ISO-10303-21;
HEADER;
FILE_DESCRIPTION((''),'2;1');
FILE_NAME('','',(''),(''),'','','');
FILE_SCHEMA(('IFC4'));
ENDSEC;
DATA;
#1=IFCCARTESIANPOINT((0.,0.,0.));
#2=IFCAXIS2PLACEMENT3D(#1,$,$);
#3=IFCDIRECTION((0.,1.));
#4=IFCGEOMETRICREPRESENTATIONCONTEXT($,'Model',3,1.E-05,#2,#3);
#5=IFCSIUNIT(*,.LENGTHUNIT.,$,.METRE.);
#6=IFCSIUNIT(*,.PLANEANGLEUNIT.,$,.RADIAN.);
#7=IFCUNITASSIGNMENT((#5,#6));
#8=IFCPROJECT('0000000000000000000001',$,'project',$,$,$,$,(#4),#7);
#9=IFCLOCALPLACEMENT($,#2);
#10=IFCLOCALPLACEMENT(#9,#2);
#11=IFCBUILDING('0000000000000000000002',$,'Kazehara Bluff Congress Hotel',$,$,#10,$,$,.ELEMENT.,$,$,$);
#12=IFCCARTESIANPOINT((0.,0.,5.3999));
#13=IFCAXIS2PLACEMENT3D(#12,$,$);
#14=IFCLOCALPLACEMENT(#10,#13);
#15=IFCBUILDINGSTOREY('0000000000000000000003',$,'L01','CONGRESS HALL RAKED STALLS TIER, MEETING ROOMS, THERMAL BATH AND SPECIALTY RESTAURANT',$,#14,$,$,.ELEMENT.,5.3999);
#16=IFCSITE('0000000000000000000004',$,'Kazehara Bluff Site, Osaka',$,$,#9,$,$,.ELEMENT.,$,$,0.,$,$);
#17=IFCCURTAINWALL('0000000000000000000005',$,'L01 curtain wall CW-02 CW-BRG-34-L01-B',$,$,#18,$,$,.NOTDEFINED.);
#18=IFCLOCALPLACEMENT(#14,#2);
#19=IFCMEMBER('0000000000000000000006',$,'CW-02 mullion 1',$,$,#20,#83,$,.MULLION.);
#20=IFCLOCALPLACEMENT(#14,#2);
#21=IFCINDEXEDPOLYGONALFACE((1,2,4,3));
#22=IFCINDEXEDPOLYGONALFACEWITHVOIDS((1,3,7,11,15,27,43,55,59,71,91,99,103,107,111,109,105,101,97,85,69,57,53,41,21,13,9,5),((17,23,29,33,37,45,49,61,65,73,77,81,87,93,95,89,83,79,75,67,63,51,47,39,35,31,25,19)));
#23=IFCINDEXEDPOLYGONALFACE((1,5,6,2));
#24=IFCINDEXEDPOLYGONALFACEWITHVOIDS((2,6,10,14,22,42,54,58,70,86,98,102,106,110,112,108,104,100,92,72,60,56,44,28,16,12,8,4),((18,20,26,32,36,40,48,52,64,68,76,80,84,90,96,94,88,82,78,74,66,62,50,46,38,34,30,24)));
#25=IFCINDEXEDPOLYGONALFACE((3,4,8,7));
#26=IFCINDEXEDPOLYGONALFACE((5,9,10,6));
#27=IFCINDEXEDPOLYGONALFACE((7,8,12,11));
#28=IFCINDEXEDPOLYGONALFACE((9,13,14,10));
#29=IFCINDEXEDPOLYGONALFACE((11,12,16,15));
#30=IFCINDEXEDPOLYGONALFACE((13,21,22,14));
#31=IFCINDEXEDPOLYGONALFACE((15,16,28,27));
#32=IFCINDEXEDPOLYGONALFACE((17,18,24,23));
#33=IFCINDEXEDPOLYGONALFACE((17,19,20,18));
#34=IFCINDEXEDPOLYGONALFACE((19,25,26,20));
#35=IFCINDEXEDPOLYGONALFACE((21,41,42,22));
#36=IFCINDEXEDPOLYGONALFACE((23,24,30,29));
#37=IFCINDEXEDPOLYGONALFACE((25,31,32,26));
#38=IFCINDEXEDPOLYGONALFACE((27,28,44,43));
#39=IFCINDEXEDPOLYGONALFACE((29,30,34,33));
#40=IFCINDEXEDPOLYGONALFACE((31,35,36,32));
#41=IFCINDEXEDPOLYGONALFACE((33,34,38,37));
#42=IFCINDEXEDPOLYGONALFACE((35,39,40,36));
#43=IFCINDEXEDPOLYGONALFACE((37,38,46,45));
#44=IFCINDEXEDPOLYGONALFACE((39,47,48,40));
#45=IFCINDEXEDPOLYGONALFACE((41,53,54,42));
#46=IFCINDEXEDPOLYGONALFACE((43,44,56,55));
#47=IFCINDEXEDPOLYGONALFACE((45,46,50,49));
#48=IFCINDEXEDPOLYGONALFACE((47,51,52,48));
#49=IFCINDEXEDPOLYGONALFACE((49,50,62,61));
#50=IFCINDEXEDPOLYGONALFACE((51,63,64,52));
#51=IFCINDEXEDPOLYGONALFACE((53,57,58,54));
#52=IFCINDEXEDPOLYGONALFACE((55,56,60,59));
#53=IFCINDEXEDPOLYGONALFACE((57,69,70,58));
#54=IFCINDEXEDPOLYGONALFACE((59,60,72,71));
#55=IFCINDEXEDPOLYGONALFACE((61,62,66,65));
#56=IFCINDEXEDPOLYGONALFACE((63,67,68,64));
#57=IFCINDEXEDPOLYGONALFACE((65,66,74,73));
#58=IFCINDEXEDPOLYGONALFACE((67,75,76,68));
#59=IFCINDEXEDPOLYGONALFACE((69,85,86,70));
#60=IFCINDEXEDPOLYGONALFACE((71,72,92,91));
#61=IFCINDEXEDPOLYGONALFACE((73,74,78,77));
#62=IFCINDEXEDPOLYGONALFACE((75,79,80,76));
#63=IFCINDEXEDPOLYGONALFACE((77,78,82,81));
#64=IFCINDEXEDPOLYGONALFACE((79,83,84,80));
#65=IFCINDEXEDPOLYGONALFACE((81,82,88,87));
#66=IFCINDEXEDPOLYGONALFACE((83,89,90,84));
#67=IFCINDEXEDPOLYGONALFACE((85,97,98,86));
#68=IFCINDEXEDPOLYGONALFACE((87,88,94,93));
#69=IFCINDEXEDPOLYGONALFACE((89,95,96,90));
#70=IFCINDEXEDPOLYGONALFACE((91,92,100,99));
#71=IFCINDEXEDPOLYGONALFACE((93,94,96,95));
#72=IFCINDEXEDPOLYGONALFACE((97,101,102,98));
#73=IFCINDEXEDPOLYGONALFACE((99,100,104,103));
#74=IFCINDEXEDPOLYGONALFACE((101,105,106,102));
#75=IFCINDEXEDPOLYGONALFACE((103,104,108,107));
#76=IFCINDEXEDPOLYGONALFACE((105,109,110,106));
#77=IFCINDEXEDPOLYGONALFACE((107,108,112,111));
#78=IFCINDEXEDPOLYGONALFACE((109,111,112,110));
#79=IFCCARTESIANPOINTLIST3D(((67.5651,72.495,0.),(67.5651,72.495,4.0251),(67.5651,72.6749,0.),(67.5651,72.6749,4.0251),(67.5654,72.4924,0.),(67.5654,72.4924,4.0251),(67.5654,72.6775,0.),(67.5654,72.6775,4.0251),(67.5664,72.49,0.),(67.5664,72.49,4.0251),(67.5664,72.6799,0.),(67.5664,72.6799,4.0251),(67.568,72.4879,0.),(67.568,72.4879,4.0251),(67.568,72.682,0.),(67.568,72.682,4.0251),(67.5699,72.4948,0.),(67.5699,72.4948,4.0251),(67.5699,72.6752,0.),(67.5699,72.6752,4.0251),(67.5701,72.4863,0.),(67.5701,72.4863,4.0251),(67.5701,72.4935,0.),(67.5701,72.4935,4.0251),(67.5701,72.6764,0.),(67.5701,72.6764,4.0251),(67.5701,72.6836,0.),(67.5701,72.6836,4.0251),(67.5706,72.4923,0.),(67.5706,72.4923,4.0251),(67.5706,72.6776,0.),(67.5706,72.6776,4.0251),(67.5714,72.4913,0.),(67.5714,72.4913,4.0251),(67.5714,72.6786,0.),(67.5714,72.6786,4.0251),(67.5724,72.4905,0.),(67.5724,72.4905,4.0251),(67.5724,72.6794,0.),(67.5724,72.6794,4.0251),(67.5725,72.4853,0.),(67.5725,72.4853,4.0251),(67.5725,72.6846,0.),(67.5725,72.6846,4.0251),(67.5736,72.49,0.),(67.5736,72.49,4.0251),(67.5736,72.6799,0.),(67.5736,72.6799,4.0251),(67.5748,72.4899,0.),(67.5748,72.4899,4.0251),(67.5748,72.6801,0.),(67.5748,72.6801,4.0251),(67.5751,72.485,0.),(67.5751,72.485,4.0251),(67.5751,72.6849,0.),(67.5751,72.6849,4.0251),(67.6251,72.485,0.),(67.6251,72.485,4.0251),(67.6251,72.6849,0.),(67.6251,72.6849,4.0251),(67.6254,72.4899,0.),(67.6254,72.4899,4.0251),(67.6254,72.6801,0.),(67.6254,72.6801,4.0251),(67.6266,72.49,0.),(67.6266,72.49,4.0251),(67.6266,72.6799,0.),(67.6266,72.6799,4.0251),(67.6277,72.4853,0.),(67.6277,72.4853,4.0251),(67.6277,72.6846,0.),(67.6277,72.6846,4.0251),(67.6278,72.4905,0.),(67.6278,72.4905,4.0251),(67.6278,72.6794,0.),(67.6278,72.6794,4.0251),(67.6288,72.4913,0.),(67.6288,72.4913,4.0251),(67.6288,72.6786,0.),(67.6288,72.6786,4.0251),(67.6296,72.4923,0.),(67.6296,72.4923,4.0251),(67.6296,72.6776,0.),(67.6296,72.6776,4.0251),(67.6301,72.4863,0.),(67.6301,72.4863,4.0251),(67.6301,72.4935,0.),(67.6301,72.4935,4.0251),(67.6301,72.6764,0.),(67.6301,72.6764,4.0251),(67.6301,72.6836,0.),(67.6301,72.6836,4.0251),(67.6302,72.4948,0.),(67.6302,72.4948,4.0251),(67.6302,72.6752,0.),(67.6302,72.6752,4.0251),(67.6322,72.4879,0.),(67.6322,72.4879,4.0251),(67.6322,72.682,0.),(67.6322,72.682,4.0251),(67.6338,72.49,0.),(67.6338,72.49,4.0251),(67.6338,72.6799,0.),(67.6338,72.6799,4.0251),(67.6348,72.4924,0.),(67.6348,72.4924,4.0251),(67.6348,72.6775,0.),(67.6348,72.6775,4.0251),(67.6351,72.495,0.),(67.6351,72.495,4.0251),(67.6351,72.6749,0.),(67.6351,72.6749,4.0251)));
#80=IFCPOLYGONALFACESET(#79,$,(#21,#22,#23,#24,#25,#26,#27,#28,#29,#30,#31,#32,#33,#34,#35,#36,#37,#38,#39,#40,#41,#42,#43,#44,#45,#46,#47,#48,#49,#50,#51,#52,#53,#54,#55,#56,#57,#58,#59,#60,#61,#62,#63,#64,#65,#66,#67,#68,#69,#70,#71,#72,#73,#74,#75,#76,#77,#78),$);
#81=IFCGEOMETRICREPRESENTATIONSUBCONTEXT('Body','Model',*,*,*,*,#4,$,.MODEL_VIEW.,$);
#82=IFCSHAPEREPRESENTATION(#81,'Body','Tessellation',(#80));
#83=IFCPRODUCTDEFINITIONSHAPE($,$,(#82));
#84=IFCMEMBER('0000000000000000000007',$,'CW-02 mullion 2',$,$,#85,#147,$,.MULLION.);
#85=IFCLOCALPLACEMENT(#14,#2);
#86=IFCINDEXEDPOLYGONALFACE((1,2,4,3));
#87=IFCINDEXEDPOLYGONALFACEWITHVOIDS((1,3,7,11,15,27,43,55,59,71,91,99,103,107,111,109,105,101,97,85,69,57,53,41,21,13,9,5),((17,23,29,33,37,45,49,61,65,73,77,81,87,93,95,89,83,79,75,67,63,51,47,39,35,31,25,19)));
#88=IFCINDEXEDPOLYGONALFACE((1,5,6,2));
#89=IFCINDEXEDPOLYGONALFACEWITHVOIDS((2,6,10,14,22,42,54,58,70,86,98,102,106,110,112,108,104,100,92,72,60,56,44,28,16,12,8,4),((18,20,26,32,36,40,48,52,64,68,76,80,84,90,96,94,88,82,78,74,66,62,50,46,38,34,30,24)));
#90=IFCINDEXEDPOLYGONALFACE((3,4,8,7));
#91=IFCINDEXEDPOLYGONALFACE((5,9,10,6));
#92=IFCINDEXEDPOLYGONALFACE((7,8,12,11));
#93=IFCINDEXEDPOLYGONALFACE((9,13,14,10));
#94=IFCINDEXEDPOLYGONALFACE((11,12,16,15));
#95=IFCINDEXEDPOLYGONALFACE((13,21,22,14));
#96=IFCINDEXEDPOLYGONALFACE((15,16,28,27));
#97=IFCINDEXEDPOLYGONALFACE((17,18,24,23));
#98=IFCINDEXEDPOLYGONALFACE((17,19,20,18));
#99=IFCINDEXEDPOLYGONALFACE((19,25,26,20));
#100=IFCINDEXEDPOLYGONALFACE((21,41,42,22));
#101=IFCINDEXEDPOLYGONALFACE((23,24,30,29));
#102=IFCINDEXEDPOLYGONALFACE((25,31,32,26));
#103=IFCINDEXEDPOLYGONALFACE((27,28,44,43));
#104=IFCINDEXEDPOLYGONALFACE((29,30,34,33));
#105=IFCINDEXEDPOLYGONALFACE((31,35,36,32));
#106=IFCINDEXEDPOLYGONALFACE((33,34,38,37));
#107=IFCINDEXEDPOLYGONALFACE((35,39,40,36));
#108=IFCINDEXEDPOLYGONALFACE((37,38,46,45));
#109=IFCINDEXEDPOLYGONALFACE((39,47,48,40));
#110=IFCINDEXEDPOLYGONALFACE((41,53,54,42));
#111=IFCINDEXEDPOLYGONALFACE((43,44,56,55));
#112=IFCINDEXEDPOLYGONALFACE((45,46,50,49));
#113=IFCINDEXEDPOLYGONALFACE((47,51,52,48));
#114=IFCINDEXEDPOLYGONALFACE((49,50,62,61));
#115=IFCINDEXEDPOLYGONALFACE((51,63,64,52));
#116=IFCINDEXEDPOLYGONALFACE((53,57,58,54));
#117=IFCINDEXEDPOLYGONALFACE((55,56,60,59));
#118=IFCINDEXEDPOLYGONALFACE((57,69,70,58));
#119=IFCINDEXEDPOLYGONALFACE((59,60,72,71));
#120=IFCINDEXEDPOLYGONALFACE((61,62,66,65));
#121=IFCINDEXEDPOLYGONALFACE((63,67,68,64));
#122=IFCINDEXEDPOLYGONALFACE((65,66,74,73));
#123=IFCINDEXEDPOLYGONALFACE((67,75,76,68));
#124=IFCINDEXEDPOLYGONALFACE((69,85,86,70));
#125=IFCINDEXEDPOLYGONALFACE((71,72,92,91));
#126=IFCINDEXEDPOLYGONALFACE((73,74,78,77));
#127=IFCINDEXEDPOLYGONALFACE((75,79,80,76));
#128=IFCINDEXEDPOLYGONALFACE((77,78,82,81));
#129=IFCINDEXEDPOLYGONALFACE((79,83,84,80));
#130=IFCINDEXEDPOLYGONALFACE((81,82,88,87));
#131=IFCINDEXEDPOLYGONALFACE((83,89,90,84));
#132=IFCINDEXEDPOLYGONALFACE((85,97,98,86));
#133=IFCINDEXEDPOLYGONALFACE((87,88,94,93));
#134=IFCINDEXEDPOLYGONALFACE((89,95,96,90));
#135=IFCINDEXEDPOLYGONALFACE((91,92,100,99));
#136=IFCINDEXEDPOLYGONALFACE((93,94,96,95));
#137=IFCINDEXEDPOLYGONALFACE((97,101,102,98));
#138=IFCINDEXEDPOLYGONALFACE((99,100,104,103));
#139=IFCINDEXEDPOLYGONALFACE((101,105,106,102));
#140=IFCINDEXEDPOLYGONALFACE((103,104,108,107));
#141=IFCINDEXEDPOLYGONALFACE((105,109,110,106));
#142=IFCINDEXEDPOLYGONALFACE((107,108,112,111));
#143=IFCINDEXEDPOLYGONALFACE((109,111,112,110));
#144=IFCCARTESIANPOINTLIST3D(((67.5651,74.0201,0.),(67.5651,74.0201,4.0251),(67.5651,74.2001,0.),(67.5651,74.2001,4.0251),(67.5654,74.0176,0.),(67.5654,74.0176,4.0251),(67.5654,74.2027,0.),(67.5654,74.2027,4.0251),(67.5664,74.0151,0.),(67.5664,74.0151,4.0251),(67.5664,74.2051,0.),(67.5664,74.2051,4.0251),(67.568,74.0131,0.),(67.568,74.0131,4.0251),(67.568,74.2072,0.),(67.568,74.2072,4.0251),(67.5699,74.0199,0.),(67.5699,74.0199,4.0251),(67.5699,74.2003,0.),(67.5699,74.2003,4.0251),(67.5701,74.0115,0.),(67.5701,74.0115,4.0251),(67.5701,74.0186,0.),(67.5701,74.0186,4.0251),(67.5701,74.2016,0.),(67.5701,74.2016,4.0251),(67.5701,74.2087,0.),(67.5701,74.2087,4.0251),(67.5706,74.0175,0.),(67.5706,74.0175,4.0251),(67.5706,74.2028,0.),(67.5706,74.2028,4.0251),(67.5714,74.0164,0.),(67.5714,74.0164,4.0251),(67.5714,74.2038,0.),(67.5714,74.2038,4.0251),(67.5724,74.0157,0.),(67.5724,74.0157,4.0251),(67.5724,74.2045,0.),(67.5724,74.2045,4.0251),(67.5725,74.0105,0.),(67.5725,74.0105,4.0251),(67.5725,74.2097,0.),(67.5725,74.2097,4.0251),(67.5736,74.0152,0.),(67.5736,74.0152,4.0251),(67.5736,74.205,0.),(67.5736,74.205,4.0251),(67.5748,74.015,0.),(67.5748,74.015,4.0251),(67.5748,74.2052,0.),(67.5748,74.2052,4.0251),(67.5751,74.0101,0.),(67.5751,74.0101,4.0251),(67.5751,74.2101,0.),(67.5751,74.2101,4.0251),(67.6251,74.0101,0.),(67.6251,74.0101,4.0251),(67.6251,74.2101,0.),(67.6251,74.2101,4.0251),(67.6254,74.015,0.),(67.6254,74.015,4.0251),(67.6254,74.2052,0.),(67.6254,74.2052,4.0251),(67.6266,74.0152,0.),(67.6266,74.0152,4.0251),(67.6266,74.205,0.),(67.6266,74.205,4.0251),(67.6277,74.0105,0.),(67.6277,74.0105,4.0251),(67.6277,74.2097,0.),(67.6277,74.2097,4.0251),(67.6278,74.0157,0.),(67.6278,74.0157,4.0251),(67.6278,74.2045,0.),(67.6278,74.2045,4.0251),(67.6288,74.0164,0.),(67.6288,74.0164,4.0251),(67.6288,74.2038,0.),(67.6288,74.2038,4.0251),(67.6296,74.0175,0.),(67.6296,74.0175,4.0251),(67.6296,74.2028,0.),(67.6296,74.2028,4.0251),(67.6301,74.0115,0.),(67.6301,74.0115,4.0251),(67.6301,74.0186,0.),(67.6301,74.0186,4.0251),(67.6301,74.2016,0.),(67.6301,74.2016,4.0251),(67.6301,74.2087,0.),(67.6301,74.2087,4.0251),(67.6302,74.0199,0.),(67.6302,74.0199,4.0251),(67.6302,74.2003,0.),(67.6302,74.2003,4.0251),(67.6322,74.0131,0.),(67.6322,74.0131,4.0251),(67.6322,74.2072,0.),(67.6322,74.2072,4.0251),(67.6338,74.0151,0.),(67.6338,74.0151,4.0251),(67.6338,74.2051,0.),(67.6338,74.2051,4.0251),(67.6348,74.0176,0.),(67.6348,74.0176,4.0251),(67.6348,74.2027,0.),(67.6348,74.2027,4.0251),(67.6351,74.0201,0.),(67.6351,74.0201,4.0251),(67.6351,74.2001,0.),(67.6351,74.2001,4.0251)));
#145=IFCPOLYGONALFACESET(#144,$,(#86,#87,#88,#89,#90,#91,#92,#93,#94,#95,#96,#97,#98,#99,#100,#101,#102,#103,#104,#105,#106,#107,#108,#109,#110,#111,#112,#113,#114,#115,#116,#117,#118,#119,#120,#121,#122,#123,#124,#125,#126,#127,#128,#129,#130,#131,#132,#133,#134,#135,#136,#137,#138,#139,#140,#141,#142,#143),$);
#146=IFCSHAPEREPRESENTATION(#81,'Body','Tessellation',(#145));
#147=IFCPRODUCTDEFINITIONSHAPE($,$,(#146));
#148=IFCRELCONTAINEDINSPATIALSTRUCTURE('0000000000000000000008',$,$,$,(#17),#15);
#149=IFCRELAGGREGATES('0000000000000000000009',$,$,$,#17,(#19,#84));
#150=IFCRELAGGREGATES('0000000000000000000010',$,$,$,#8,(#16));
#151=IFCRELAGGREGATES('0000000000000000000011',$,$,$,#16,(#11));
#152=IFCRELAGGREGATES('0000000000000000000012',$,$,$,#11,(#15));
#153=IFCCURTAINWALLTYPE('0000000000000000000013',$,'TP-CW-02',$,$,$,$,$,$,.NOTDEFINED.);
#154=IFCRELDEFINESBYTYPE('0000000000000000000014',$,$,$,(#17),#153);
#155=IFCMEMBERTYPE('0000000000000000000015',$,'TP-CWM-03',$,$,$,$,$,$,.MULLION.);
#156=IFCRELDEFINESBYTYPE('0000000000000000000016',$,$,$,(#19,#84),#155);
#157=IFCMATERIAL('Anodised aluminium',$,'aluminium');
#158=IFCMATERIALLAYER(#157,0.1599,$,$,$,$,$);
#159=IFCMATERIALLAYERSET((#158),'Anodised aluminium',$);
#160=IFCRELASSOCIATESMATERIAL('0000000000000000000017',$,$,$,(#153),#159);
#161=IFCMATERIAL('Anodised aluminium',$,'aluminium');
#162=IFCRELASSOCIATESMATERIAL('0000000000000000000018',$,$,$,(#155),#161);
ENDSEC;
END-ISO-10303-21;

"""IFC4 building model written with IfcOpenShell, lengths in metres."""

from ifc_helpers import new_model, si_unit, direction, frame, origin, origin_2d, place, context, subcontext, project, spatial, hollow_rectangle, extrude, material, layer, layer_set, material_profile, profile_set, type_object, element, aggregate, save


model = new_model("IFC4")

# Units and contexts
model_context = context("Model", 3, precision=1e-05, world=origin(), true_north=direction((0.0, 1.0)))
body_context = subcontext(model_context, "Body", "Model", "MODEL_VIEW")
ifc_project = project(units=[si_unit("LENGTHUNIT", "METRE"), si_unit("PLANEANGLEUNIT", "RADIAN")], contexts=[model_context])

# Site, building, storey
site_placement = place(None, origin())
site = spatial("IfcSite", under=ifc_project, at=site_placement, Name="Kazehara Bluff Site, Osaka", CompositionType="ELEMENT", RefElevation=0.0)
building_placement = place(site_placement, origin())
building = spatial("IfcBuilding", under=site, at=building_placement, Name="Kazehara Bluff Congress Hotel", CompositionType="ELEMENT")
storey_placement = place(building_placement, frame((0.0, 0.0, 5.3999)))
storey = spatial("IfcBuildingStorey", under=building, at=storey_placement, Name="L01", Description="CONGRESS HALL RAKED STALLS TIER, MEETING ROOMS, THERMAL BATH AND SPECIALTY RESTAURANT", CompositionType="ELEMENT", Elevation=5.3999)

# Curtain wall, members
ifc_material_1 = material(Name="Anodised aluminium", Category="aluminium")
ifc_layer_1 = layer(ifc_material_1, 0.1599)
ifc_layer_set_1 = layer_set([ifc_layer_1], Name="Anodised aluminium")
curtain_wall_type = type_object("IfcCurtainWallType", Name="TP-CW-02", PredefinedType="NOTDEFINED", material=ifc_layer_set_1)
curtain_wall_1_placement = place(storey_placement, origin())
curtain_wall_1 = element("IfcCurtainWall", 1, at=curtain_wall_1_placement, inside=storey, type_object=curtain_wall_type, Name="L01 curtain wall CW-02 CW-BRG-34-L01-B", PredefinedType="NOTDEFINED")
ifc_material_2 = material(Name="Anodised aluminium", Category="aluminium")
ifc_material_profile_1 = material_profile(ifc_material_2, hollow_rectangle(XDim=0.0701, YDim=0.2, WallThickness=0.0049, InnerFilletRadius=0.0049, OuterFilletRadius=0.01, at=origin_2d()))
ifc_profile_set_1 = profile_set([ifc_material_profile_1], Name="Anodised aluminium")
member_type_1 = type_object("IfcMemberType", Name="TP-CWM-03", PredefinedType="MULLION", material=ifc_profile_set_1)
member_1_placement = place(storey_placement, frame((67.6001, 72.585, 0.0), z_axis=(0.0, 0.0, 1.0), x_axis=(-1.0, 0.0, 0.0)))
member_1 = element("IfcMember", 2, at=member_1_placement, type_object=member_type_1, Name="CW-02 mullion 1", PredefinedType="MULLION", context=body_context, shape_type="SweptSolid", body=[
    extrude(hollow_rectangle(XDim=0.0701, YDim=0.2, WallThickness=0.0049, InnerFilletRadius=0.0049, OuterFilletRadius=0.01, at=origin_2d()), origin(), (0.0, 0.0, 1.0), 4.0251),
])
member_2_placement = place(storey_placement, frame((67.6001, 74.1101, 0.0), z_axis=(0.0, 0.0, 1.0), x_axis=(-1.0, 0.0, 0.0)))
member_2 = element("IfcMember", 3, at=member_2_placement, type_object=member_type_1, Name="CW-02 mullion 2", PredefinedType="MULLION", context=body_context, shape_type="SweptSolid", body=[
    extrude(hollow_rectangle(XDim=0.0701, YDim=0.2, WallThickness=0.0049, InnerFilletRadius=0.0049, OuterFilletRadius=0.01, at=origin_2d()), origin(), (0.0, 0.0, 1.0), 4.0251),
])

aggregate(curtain_wall_1, [member_1, member_2])

save(model, "model.ifc")
